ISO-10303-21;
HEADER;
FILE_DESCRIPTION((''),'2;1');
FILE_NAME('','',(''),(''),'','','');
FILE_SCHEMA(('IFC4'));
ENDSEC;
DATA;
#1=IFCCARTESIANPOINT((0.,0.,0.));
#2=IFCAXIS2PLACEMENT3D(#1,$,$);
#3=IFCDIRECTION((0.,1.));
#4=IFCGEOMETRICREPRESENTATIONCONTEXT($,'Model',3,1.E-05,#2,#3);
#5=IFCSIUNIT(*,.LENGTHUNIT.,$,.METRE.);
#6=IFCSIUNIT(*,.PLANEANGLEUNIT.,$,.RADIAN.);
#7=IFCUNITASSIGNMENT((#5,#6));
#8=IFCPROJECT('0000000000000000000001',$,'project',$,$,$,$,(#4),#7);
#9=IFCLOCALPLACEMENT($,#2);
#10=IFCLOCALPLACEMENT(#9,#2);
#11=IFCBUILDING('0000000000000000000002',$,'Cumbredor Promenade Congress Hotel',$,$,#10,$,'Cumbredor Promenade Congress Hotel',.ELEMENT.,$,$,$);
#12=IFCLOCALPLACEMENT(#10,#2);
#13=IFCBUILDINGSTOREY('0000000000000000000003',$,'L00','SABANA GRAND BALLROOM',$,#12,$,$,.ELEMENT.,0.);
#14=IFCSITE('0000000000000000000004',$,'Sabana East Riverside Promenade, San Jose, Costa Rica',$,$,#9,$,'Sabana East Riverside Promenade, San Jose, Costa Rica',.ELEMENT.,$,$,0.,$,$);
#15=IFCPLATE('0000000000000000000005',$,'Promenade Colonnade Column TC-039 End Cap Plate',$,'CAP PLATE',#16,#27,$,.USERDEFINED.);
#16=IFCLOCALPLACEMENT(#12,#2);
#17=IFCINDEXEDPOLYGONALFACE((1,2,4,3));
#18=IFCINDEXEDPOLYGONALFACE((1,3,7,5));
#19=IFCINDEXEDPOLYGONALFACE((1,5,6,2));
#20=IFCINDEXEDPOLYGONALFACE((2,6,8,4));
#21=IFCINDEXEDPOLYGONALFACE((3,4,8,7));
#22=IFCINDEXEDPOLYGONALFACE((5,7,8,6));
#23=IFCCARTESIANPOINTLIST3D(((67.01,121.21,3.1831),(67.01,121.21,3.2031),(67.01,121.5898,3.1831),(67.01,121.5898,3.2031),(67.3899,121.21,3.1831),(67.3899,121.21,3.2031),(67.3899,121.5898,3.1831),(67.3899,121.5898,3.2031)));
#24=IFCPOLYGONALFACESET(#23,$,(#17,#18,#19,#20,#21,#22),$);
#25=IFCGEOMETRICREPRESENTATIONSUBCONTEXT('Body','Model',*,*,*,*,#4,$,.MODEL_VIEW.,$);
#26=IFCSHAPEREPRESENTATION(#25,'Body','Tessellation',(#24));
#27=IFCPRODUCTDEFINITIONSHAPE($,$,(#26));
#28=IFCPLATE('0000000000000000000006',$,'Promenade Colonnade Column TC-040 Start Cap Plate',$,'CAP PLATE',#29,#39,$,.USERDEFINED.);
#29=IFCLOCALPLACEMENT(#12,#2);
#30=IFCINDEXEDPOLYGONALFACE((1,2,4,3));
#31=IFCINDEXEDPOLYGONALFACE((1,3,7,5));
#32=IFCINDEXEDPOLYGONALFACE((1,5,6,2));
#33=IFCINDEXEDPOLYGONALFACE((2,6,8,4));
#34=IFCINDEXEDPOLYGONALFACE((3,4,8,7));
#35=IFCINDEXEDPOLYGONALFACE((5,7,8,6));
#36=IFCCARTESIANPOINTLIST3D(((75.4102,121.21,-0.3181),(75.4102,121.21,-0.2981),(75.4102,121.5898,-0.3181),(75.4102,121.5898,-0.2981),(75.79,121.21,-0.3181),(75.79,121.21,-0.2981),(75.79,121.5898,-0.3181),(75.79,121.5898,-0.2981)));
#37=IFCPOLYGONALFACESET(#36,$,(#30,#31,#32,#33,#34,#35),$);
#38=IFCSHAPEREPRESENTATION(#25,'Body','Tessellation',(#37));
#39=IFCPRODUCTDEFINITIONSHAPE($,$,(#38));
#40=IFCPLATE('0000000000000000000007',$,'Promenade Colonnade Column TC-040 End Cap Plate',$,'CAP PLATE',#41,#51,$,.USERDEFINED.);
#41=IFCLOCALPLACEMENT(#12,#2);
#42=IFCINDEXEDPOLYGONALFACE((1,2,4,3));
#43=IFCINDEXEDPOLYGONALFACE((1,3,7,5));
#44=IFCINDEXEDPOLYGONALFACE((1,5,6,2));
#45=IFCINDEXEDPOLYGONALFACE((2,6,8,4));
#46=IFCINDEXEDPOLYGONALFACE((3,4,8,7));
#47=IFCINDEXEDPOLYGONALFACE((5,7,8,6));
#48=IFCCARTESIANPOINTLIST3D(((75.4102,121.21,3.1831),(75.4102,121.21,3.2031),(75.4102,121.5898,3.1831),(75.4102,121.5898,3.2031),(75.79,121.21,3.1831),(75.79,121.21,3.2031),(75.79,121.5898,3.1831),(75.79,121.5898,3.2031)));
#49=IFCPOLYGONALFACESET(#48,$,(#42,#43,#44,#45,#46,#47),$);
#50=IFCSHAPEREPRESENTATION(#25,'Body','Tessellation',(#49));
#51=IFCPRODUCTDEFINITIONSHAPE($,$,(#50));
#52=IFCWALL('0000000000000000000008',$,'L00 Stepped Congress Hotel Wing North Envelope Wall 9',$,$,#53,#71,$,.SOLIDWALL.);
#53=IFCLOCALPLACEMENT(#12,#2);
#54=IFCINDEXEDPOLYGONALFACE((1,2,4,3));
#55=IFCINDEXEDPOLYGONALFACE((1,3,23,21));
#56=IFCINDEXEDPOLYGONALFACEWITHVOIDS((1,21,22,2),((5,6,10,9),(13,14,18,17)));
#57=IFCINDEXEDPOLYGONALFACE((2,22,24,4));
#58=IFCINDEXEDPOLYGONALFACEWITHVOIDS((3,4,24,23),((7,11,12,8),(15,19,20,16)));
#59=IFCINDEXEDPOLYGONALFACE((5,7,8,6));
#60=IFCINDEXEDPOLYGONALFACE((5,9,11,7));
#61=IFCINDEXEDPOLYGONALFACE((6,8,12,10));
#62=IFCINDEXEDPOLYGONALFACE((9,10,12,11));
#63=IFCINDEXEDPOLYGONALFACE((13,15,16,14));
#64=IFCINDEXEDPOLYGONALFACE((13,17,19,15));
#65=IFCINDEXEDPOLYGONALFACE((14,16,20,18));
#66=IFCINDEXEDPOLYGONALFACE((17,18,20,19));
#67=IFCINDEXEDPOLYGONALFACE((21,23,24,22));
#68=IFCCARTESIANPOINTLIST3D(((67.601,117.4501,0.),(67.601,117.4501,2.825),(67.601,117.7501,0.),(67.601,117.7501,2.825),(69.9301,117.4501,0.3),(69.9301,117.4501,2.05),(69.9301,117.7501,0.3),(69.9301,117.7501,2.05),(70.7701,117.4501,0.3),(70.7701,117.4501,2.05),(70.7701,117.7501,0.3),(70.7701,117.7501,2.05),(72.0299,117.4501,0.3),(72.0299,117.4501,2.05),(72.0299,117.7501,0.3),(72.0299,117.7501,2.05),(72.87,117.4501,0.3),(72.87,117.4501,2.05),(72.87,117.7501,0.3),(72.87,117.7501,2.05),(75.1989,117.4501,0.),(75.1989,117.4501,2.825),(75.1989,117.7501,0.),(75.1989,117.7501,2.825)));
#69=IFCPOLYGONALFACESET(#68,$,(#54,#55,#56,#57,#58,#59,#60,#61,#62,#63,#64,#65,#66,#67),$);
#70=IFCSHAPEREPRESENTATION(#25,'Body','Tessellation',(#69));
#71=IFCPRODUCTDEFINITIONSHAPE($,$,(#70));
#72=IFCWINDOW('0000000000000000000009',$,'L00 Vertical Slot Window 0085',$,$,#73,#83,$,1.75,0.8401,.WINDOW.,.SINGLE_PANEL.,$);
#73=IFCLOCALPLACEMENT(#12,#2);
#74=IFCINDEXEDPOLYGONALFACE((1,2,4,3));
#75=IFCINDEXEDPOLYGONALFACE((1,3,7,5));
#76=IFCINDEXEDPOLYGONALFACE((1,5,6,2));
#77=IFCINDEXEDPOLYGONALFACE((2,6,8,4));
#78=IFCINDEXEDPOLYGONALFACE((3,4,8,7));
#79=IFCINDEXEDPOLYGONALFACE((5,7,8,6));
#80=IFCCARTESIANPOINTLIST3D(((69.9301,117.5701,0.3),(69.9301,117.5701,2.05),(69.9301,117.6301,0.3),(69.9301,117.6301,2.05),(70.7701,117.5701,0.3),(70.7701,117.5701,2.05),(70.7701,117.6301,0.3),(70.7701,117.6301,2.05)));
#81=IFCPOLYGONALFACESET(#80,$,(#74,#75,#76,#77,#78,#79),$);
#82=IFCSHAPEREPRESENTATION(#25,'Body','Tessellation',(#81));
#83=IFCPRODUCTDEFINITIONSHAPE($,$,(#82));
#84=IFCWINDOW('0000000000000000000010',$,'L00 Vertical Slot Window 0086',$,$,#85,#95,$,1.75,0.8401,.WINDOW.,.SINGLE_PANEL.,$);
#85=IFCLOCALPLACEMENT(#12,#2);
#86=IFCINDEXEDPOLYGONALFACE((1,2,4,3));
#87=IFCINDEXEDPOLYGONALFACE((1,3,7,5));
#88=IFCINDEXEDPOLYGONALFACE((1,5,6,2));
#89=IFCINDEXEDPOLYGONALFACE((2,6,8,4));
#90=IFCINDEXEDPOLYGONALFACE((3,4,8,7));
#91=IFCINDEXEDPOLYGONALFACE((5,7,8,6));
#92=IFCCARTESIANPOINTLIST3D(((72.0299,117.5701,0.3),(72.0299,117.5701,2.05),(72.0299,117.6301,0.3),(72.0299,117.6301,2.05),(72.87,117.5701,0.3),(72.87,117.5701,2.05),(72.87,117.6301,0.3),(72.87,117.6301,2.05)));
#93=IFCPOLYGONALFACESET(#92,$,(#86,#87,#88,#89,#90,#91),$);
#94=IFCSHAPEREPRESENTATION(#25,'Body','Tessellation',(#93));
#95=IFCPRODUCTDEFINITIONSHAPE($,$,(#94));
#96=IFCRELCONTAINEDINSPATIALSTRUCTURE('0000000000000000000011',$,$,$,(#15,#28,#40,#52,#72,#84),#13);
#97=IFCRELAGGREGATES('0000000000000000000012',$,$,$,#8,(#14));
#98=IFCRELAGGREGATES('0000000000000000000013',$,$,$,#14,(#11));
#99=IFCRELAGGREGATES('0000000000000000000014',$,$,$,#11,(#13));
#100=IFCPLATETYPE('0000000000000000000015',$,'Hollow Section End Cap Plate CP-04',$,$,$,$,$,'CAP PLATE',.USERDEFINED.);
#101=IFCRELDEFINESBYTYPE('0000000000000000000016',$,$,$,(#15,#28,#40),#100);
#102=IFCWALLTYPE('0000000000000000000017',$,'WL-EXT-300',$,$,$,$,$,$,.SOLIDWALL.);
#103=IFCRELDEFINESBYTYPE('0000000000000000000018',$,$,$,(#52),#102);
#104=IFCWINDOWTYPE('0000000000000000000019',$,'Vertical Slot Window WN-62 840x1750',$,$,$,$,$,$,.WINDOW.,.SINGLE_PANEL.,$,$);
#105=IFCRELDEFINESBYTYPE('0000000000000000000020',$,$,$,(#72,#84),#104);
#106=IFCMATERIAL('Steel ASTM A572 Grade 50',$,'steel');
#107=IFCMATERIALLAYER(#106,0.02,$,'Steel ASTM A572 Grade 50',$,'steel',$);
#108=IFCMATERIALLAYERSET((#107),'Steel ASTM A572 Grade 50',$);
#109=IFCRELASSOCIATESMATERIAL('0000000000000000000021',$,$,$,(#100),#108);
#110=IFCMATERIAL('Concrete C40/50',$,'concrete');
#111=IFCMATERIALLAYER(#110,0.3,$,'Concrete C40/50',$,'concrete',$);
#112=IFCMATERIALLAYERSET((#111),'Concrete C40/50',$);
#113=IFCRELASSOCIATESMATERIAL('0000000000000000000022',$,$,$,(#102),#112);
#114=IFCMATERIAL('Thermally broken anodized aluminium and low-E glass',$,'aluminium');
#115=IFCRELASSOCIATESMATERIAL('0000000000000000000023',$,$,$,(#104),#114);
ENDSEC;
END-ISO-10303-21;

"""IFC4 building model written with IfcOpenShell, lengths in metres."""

from ifc_helpers import new_model, si_unit, direction, frame, frame_2d, origin, origin_2d, place, context, subcontext, project, spatial, rectangle, extrude, material, layer, layer_set, type_object, element, fill, save


model = new_model("IFC4")

# Units and contexts
model_context = context("Model", 3, precision=1e-05, world=origin(), true_north=direction((0.0, 1.0)))
body_context = subcontext(model_context, "Body", "Model", "MODEL_VIEW")
ifc_project = project(units=[si_unit("LENGTHUNIT", "METRE"), si_unit("PLANEANGLEUNIT", "RADIAN")], contexts=[model_context])

# Site, building, storey
site_placement = place(None, origin())
site = spatial("IfcSite", under=ifc_project, at=site_placement, Name="Sabana East Riverside Promenade, San Jose, Costa Rica", LongName="Sabana East Riverside Promenade, San Jose, Costa Rica", CompositionType="ELEMENT", RefElevation=0.0)
building_placement = place(site_placement, origin())
building = spatial("IfcBuilding", under=site, at=building_placement, Name="Cumbredor Promenade Congress Hotel", LongName="Cumbredor Promenade Congress Hotel", CompositionType="ELEMENT")
storey_placement = place(building_placement, origin())
storey = spatial("IfcBuildingStorey", under=building, at=storey_placement, Name="L00", Description="SABANA GRAND BALLROOM", CompositionType="ELEMENT", Elevation=0.0)

# Shared definitions
ifc_material_1 = material(Name="Concrete C40/50", Category="concrete")

# Shared definitions
ifc_material_2 = material(Name="Thermally broken anodized aluminium and low-E glass", Category="aluminium")

# Plates
ifc_material_3 = material(Name="Steel ASTM A572 Grade 50", Category="steel")
ifc_layer_1 = layer(ifc_material_3, 0.02, Name="Steel ASTM A572 Grade 50", Category="steel")
ifc_layer_set_1 = layer_set([ifc_layer_1], Name="Steel ASTM A572 Grade 50")
plate_type = type_object("IfcPlateType", Name="Hollow Section End Cap Plate CP-04", ElementType="CAP PLATE", PredefinedType="USERDEFINED", material=ifc_layer_set_1)
for number, where, z_axis, x_axis, name in (
    (1, (67.2, 121.3999, 3.1831), (0.0, 0.0, 1.0), (1.0, 0.0, 0.0), "Promenade Colonnade Column TC-039 End Cap Plate"),
    (2, (75.6001, 121.3999, -0.3181), (0.0, 0.0, 1.0), (1.0, 0.0, 0.0), "Promenade Colonnade Column TC-040 Start Cap Plate"),
    (3, (75.6001, 121.3999, 3.1831), (0.0, 0.0, 1.0), (1.0, 0.0, 0.0), "Promenade Colonnade Column TC-040 End Cap Plate"),
):
    element("IfcPlate", number, at=place(storey_placement, frame(where, z_axis=z_axis, x_axis=x_axis)), inside=storey, type_object=plate_type, Name=name, ObjectType="CAP PLATE", PredefinedType="USERDEFINED", context=body_context, shape_type="SweptSolid", body=[
        extrude(rectangle(XDim=0.3799, YDim=0.3799, at=origin_2d()), origin(), (0.0, 0.0, 1.0), 0.02),
    ])

# Wall, openings, windows
ifc_layer_2 = layer(ifc_material_1, 0.3, Name="Concrete C40/50", Category="concrete")
ifc_layer_set_2 = layer_set([ifc_layer_2], Name="Concrete C40/50")
wall_type = type_object("IfcWallType", Name="WL-EXT-300", PredefinedType="SOLIDWALL", material=ifc_layer_set_2)
wall_placement = place(storey_placement, frame((67.6011, 117.6001, 0.0), z_axis=(0.0, 0.0, 1.0), x_axis=(1.0, 0.0, 0.0)))
wall = element("IfcWall", 4, at=wall_placement, inside=storey, type_object=wall_type, Name="L00 Stepped Congress Hotel Wing North Envelope Wall 9", PredefinedType="SOLIDWALL", context=body_context, shape_type="SweptSolid", body=[
    extrude(rectangle(XDim=7.5979, YDim=0.3, at=frame_2d((3.7988, 0.0))), origin(), (0.0, 0.0, 1.0), 2.825),
])
opening_1_placement = place(wall_placement, frame((2.3291, 0.0, 0.3)))
opening_1 = element("IfcOpeningElement", 5, at=opening_1_placement, cuts=wall, PredefinedType="OPENING", context=body_context, shape_type="SweptSolid", body=[
    extrude(rectangle(XDim=0.8401, YDim=1.75, at=frame_2d((0.4199, 0.875))), frame((0.0, 0.1602, 0.0), z_axis=(0.0, -1.0, 0.0), x_axis=(1.0, 0.0, 0.0)), (0.0, 0.0, 1.0), 0.3201),
])
opening_2_placement = place(wall_placement, frame((4.429, 0.0, 0.3)))
opening_2 = element("IfcOpeningElement", 6, at=opening_2_placement, cuts=wall, PredefinedType="OPENING", context=body_context, shape_type="SweptSolid", body=[
    extrude(rectangle(XDim=0.8401, YDim=1.75, at=frame_2d((0.4199, 0.875))), frame((0.0, 0.1602, 0.0), z_axis=(0.0, -1.0, 0.0), x_axis=(1.0, 0.0, 0.0)), (0.0, 0.0, 1.0), 0.3201),
])
window_type = type_object("IfcWindowType", Name="Vertical Slot Window WN-62 840x1750", PartitioningType="SINGLE_PANEL", PredefinedType="WINDOW", material=ifc_material_2)
window_1_placement = place(opening_1_placement, origin())
window_1 = element("IfcWindow", 7, at=window_1_placement, inside=storey, type_object=window_type, Name="L00 Vertical Slot Window 0085", OverallHeight=1.75, OverallWidth=0.8401, PartitioningType="SINGLE_PANEL", PredefinedType="WINDOW", context=body_context, shape_type="SweptSolid", body=[
    extrude(rectangle(XDim=0.8401, YDim=1.75, at=frame_2d((0.4199, 0.875))), frame((0.0, 0.03, 0.0), z_axis=(0.0, -1.0, 0.0), x_axis=(1.0, 0.0, 0.0)), (0.0, 0.0, 1.0), 0.0601),
])
fill(opening_1, window_1)
window_2_placement = place(opening_2_placement, origin())
window_2 = element("IfcWindow", 8, at=window_2_placement, inside=storey, type_object=window_type, Name="L00 Vertical Slot Window 0086", OverallHeight=1.75, OverallWidth=0.8401, PartitioningType="SINGLE_PANEL", PredefinedType="WINDOW", context=body_context, shape_type="SweptSolid", body=[
    extrude(rectangle(XDim=0.8401, YDim=1.75, at=frame_2d((0.4199, 0.875))), frame((0.0, 0.03, 0.0), z_axis=(0.0, -1.0, 0.0), x_axis=(1.0, 0.0, 0.0)), (0.0, 0.0, 1.0), 0.0601),
])
fill(opening_2, window_2)

save(model, "model.ifc")
